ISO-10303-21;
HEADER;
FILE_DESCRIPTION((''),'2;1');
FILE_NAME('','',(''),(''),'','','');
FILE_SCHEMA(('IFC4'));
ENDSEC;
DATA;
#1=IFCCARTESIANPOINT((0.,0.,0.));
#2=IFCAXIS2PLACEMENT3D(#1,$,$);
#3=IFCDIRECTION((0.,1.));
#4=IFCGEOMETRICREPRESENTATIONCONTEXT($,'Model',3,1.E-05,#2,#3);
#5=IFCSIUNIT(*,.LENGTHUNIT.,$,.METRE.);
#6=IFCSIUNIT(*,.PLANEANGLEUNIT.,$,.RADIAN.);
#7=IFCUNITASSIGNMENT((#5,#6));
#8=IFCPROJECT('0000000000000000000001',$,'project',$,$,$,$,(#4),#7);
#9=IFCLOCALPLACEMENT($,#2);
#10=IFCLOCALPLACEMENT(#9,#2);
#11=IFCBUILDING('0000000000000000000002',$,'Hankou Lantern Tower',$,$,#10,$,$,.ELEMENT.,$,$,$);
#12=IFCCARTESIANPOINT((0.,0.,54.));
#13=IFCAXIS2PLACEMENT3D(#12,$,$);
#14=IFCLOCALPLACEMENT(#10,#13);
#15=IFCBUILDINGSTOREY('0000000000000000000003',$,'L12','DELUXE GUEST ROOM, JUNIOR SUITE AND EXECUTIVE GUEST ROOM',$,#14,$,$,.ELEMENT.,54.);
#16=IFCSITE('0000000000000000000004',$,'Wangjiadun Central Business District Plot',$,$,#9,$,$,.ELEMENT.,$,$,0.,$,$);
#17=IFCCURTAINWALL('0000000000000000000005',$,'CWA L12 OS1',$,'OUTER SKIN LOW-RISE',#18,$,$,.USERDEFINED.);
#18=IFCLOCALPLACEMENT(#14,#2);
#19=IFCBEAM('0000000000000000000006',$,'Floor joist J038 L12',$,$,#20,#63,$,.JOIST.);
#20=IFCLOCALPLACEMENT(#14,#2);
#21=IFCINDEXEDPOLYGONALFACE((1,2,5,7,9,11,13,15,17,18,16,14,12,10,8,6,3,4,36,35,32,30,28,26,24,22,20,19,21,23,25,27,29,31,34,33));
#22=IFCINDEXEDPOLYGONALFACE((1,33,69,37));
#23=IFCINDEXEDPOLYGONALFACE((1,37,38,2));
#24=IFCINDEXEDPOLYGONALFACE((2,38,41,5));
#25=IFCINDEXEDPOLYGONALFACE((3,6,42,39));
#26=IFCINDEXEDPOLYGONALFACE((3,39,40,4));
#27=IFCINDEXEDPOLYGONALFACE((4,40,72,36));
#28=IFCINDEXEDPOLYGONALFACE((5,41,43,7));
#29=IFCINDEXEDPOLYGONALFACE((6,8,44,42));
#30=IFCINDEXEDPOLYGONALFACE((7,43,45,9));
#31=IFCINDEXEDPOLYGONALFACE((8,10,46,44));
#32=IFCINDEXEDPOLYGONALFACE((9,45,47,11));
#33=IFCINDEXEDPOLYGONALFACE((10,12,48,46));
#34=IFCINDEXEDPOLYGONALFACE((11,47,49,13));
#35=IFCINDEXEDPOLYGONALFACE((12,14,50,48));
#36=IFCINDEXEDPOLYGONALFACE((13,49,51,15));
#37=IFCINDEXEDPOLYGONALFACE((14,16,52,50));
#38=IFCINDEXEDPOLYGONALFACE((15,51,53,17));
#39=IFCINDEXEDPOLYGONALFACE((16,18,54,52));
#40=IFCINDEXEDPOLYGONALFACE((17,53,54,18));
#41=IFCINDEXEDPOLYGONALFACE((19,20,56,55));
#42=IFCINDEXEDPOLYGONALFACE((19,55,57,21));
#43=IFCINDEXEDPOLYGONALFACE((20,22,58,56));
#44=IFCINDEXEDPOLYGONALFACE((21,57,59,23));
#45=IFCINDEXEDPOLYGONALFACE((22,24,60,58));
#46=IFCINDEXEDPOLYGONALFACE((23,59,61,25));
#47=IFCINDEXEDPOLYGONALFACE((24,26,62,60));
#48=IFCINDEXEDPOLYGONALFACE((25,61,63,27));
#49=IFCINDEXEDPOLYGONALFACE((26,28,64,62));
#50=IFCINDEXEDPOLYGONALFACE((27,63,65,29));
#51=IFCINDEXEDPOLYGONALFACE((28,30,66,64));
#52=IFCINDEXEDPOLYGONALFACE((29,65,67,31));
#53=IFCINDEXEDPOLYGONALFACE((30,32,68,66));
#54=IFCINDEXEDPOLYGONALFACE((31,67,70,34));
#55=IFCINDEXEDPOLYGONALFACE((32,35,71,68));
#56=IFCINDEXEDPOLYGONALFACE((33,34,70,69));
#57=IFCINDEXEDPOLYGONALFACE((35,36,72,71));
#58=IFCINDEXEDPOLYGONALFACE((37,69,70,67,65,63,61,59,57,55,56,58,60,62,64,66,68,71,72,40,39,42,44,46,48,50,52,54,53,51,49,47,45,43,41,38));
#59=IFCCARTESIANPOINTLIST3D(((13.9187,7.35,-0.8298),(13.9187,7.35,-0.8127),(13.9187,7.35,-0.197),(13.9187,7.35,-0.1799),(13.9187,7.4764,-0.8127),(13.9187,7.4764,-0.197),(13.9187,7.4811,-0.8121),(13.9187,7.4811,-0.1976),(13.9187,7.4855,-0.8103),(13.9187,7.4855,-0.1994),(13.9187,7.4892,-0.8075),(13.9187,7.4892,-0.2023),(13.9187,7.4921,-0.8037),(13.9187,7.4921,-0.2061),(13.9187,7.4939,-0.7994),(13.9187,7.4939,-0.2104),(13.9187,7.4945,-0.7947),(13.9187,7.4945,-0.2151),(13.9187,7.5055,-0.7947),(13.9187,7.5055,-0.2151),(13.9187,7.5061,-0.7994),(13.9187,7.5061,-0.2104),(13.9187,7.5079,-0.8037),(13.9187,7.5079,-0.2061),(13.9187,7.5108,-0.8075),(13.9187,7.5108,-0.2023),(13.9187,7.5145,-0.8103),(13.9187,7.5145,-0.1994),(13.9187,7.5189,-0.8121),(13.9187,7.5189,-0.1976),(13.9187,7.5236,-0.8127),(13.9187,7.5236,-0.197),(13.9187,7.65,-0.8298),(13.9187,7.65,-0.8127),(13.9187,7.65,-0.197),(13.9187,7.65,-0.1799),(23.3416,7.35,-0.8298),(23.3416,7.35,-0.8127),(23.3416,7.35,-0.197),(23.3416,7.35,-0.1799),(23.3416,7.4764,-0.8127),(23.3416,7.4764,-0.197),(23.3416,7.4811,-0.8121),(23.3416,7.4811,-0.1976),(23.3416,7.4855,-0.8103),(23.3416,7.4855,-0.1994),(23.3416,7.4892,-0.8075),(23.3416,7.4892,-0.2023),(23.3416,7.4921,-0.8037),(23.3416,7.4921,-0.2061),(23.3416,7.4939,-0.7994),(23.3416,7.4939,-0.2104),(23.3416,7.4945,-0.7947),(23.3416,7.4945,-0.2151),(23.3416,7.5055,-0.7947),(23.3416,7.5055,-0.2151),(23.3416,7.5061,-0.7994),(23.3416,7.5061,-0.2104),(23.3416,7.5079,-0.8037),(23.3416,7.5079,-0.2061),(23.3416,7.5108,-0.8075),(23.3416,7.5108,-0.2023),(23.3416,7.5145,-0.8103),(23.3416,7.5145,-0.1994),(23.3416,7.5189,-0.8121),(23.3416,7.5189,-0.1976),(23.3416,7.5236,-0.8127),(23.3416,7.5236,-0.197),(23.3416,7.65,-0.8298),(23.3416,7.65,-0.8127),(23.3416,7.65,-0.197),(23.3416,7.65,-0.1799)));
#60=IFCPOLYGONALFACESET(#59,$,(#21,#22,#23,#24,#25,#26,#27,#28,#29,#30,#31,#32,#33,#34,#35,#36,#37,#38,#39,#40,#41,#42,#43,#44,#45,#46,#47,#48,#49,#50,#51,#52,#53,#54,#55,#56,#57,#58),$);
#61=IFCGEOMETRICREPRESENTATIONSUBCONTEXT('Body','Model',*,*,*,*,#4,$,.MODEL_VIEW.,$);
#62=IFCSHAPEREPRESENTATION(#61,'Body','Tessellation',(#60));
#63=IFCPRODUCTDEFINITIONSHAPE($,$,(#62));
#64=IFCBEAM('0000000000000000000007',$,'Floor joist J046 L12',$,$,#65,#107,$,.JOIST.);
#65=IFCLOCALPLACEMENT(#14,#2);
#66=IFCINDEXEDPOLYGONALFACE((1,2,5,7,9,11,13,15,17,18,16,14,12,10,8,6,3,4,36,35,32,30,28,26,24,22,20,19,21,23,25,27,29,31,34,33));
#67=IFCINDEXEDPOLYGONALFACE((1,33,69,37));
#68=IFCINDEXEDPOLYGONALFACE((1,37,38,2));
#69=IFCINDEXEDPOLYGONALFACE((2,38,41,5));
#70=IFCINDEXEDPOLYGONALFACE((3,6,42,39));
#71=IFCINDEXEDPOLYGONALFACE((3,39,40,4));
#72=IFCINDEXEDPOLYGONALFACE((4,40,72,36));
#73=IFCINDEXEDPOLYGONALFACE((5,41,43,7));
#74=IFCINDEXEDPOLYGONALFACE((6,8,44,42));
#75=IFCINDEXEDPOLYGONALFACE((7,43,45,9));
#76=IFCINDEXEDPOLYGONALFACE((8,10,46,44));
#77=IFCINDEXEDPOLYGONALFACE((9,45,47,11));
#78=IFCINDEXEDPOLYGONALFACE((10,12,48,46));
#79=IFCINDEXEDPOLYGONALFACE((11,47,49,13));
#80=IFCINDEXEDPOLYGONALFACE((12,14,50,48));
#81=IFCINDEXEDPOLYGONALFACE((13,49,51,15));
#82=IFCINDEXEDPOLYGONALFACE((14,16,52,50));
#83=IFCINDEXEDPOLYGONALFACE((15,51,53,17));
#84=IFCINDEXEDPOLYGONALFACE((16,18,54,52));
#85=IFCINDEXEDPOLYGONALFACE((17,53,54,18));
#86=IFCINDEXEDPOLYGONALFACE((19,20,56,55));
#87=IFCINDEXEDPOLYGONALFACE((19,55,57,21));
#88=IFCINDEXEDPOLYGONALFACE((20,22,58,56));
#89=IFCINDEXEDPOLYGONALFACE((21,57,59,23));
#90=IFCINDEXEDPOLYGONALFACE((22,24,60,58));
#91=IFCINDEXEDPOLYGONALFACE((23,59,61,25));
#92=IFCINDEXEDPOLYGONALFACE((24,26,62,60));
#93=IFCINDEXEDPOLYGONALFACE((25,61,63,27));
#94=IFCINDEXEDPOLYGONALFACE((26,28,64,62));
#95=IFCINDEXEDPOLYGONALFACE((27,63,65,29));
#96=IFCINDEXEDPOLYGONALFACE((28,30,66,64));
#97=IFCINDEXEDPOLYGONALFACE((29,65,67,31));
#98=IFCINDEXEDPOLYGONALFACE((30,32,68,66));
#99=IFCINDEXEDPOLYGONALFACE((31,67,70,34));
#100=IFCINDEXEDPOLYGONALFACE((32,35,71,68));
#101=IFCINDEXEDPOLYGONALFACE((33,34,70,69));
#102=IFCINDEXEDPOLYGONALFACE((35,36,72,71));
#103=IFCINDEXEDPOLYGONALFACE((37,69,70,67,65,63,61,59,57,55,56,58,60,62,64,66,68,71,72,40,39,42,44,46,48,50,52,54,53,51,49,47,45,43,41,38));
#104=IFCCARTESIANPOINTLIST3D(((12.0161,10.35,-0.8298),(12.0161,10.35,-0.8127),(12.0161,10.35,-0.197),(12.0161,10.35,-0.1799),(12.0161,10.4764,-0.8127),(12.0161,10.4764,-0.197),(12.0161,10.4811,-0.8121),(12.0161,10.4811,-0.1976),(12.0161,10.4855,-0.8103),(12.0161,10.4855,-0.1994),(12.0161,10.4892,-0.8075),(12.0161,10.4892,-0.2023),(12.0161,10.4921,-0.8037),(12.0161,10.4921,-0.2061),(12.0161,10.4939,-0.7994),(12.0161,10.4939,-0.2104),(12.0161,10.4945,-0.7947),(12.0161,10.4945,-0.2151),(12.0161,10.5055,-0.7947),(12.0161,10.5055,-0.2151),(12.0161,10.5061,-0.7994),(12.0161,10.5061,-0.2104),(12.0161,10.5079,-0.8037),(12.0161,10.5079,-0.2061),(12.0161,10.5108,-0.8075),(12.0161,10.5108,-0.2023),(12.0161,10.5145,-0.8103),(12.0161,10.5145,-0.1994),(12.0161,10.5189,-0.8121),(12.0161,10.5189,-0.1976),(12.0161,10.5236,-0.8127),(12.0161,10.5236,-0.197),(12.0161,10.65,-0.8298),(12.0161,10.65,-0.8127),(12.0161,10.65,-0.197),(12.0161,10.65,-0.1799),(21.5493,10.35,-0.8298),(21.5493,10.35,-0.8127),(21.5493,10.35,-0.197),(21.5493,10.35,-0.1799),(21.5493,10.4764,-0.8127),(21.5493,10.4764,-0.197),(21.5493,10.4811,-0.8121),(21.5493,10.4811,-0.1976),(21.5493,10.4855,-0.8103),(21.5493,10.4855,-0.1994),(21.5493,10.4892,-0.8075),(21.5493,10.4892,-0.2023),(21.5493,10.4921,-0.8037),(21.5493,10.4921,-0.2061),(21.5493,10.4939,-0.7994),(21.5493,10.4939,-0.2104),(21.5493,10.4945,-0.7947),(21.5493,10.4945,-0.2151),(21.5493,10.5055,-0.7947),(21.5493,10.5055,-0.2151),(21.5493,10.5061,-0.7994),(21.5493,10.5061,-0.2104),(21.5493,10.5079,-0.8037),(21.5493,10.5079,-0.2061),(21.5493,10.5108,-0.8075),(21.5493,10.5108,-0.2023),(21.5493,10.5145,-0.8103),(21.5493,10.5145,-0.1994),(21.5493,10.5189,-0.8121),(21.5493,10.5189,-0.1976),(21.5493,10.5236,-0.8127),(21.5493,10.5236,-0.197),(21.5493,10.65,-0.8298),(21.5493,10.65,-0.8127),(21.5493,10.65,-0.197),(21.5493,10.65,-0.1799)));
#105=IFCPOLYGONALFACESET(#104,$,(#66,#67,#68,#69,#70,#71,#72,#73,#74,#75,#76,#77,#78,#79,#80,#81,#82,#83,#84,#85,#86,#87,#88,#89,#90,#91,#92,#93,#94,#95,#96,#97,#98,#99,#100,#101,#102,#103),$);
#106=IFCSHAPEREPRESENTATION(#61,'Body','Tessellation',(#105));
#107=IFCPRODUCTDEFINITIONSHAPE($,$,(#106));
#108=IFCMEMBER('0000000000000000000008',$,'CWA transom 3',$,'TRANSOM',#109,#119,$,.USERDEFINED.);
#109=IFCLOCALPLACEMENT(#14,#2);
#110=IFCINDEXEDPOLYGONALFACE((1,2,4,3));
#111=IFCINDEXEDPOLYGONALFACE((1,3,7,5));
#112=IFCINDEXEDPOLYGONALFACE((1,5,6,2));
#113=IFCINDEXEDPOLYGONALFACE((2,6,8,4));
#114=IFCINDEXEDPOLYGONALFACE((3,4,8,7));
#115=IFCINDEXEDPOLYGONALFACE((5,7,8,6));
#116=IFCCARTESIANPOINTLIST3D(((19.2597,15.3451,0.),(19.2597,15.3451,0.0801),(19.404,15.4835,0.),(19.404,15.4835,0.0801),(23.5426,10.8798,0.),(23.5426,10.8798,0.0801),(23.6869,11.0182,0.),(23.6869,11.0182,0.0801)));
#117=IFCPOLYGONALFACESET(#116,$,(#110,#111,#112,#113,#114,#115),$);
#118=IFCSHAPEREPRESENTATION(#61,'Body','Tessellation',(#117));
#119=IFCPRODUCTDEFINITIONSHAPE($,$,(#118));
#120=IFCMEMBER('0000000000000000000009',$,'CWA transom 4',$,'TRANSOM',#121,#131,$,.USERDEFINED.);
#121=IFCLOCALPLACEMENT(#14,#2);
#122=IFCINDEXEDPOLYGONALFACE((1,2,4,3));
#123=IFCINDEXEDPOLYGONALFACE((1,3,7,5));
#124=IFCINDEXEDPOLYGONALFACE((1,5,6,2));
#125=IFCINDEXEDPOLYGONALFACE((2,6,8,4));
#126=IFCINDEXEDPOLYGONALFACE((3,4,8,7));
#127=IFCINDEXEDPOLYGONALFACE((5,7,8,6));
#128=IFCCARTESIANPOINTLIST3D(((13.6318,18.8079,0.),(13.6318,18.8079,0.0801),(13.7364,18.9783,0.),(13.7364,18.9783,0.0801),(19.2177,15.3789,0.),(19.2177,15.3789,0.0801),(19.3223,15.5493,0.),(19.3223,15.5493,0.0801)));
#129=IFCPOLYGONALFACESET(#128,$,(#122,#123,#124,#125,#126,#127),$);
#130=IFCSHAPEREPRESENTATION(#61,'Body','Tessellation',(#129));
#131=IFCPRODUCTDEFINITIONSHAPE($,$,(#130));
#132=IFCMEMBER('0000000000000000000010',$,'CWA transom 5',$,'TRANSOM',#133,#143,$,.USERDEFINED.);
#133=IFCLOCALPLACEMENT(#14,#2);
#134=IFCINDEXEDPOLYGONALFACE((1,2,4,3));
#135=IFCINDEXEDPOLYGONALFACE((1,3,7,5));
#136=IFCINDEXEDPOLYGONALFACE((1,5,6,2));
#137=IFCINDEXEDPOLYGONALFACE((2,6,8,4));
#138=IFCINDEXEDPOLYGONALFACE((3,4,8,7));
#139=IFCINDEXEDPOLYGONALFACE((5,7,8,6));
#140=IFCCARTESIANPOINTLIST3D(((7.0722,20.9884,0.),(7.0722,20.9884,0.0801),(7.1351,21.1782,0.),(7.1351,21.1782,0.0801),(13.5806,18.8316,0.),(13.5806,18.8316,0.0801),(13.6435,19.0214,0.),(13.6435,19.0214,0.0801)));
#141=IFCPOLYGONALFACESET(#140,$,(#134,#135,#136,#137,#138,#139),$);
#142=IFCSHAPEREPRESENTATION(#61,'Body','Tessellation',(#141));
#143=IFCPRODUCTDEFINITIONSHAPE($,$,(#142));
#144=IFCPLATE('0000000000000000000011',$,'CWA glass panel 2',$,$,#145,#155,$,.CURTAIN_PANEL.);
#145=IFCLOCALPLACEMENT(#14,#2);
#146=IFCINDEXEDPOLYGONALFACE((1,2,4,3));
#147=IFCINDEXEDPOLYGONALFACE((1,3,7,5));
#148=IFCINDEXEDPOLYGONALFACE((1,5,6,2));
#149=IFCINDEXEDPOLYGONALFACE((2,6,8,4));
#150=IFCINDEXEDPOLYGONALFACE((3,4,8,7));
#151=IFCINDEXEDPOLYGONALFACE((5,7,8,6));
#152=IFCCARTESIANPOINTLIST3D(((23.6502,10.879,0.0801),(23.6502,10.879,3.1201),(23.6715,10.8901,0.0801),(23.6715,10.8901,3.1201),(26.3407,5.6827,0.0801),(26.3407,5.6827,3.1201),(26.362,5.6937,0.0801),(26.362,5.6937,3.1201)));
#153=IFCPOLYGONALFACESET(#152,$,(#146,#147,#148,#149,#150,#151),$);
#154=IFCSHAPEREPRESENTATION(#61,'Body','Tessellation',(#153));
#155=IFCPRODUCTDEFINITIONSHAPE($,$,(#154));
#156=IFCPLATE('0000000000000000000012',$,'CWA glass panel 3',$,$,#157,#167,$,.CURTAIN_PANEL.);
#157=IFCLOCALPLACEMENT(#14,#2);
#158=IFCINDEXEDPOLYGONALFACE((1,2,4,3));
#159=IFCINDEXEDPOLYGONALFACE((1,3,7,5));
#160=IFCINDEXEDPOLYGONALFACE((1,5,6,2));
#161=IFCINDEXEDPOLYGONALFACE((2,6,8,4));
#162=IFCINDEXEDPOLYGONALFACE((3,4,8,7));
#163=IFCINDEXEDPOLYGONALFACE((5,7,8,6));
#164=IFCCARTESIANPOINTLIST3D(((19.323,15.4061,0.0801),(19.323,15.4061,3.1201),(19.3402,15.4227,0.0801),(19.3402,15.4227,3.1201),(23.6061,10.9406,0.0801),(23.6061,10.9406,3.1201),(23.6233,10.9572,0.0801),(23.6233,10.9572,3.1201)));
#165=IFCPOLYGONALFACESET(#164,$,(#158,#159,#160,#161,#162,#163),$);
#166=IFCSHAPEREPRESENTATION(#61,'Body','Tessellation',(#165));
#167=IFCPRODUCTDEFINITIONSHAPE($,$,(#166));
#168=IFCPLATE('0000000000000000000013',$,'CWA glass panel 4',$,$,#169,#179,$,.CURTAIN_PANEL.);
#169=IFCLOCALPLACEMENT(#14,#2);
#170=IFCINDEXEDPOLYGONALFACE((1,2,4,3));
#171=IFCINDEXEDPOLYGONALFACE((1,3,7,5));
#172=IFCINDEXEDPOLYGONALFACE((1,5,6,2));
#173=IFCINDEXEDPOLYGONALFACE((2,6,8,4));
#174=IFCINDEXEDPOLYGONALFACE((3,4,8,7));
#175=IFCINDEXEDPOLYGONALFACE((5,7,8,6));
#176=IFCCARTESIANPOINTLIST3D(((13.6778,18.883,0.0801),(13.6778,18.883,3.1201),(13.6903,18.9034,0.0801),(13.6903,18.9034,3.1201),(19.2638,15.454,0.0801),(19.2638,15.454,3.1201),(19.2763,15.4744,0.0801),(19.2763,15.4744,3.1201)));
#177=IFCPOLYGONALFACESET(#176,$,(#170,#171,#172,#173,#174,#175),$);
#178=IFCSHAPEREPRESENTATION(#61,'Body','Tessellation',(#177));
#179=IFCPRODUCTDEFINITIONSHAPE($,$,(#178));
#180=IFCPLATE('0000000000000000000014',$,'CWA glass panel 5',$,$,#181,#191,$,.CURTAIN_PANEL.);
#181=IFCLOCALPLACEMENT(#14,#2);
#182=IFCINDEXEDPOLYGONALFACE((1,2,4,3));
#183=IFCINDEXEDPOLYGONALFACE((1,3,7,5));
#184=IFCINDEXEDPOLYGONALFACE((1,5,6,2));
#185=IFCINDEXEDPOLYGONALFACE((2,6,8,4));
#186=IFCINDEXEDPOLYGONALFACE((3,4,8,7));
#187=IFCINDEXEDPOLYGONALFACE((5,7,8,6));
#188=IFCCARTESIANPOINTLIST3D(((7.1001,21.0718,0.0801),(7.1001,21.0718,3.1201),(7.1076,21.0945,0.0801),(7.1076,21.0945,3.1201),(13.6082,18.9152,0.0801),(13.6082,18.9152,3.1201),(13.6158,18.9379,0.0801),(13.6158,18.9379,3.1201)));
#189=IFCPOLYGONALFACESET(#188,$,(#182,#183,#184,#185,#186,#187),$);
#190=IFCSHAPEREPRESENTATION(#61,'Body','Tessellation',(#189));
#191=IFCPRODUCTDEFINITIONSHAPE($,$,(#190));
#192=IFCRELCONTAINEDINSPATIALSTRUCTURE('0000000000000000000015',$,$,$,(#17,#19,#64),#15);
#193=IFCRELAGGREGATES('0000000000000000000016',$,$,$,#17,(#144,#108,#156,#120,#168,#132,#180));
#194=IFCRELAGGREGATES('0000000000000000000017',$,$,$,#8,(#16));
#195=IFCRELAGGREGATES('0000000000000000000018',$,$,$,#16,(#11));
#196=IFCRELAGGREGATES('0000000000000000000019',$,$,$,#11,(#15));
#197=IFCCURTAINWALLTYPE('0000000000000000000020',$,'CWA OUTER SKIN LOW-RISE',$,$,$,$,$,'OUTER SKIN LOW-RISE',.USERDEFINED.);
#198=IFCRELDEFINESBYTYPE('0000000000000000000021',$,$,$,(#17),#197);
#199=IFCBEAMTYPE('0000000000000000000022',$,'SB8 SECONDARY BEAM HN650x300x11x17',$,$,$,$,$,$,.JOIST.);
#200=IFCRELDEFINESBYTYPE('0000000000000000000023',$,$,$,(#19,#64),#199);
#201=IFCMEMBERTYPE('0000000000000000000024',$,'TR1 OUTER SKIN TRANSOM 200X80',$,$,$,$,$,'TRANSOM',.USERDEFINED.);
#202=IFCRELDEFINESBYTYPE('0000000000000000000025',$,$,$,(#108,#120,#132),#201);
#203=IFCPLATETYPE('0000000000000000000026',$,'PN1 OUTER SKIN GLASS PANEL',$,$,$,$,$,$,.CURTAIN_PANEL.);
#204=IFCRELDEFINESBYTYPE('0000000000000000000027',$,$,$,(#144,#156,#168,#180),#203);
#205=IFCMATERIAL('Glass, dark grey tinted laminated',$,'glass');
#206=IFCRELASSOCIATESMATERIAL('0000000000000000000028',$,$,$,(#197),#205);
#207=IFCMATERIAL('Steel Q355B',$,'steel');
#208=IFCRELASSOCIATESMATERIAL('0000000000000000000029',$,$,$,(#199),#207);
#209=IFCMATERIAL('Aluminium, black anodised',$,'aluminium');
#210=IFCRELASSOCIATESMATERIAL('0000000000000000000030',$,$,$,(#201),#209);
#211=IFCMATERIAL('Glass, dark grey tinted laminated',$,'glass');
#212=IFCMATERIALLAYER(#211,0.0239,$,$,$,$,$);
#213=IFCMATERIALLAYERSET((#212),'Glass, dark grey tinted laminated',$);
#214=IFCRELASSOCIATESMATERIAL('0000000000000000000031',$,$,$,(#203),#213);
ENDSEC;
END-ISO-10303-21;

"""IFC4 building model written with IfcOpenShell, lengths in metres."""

from ifc_helpers import new_model, si_unit, direction, frame, origin, origin_2d, place, context, subcontext, project, spatial, rectangle, i_section, extrude, material, layer, layer_set, material_profile, profile_set, type_object, element, aggregate, save


model = new_model("IFC4")

# Units and contexts
model_context = context("Model", 3, precision=1e-05, world=origin(), true_north=direction((0.0, 1.0)))
body_context = subcontext(model_context, "Body", "Model", "MODEL_VIEW")
ifc_project = project(units=[si_unit("LENGTHUNIT", "METRE"), si_unit("PLANEANGLEUNIT", "RADIAN")], contexts=[model_context])

# Site, building, storey
site_placement = place(None, origin())
site = spatial("IfcSite", under=ifc_project, at=site_placement, Name="Wangjiadun Central Business District Plot", CompositionType="ELEMENT", RefElevation=0.0)
building_placement = place(site_placement, origin())
building = spatial("IfcBuilding", under=site, at=building_placement, Name="Hankou Lantern Tower", CompositionType="ELEMENT")
storey_placement = place(building_placement, frame((0.0, 0.0, 54.0)))
storey = spatial("IfcBuildingStorey", under=building, at=storey_placement, Name="L12", Description="DELUXE GUEST ROOM, JUNIOR SUITE AND EXECUTIVE GUEST ROOM", CompositionType="ELEMENT", Elevation=54.0)

# Curtain wall
ifc_material_1 = material(Name="Glass, dark grey tinted laminated", Category="glass")
curtain_wall_type = type_object("IfcCurtainWallType", Name="CWA OUTER SKIN LOW-RISE", ElementType="OUTER SKIN LOW-RISE", PredefinedType="USERDEFINED", material=ifc_material_1)
curtain_wall_placement = place(storey_placement, origin())
curtain_wall = element("IfcCurtainWall", 1, at=curtain_wall_placement, inside=storey, type_object=curtain_wall_type, Name="CWA L12 OS1", ObjectType="OUTER SKIN LOW-RISE", PredefinedType="USERDEFINED")

# Beams
ifc_material_2 = material(Name="Steel Q355B", Category="steel")
ifc_material_profile_1 = material_profile(ifc_material_2, i_section(OverallWidth=0.3, OverallDepth=0.6499, WebThickness=0.011, FlangeThickness=0.0171, FilletRadius=0.0181, at=origin_2d()), Name="HN650x300x11x17")
ifc_profile_set_1 = profile_set([ifc_material_profile_1], Name="Steel Q355B")
beam_type_1 = type_object("IfcBeamType", Name="SB8 SECONDARY BEAM HN650x300x11x17", PredefinedType="JOIST", material=ifc_profile_set_1)
beam_1_placement = place(storey_placement, frame((13.9187, 7.5, -0.5049), z_axis=(1.0, 0.0, 0.0), x_axis=(0.0, 1.0, 0.0)))
element("IfcBeam", 2, at=beam_1_placement, inside=storey, type_object=beam_type_1, Name="Floor joist J038 L12", PredefinedType="JOIST", context=body_context, shape_type="SweptSolid", body=[
    extrude(i_section(OverallWidth=0.3, OverallDepth=0.6499, WebThickness=0.011, FlangeThickness=0.0171, FilletRadius=0.0181, at=origin_2d()), origin(), (0.0, 0.0, 1.0), 9.4229),
])
beam_2_placement = place(storey_placement, frame((12.0161, 10.5, -0.5049), z_axis=(1.0, 0.0, 0.0), x_axis=(0.0, 1.0, 0.0)))
element("IfcBeam", 3, at=beam_2_placement, inside=storey, type_object=beam_type_1, Name="Floor joist J046 L12", PredefinedType="JOIST", context=body_context, shape_type="SweptSolid", body=[
    extrude(i_section(OverallWidth=0.3, OverallDepth=0.6499, WebThickness=0.011, FlangeThickness=0.0171, FilletRadius=0.0181, at=origin_2d()), origin(), (0.0, 0.0, 1.0), 9.5332),
])

# Members
ifc_material_3 = material(Name="Aluminium, black anodised", Category="aluminium")
ifc_material_profile_2 = material_profile(ifc_material_3, rectangle(XDim=0.2, YDim=0.0801, at=origin_2d()), Name="TR1 200X80")
ifc_profile_set_2 = profile_set([ifc_material_profile_2], Name="Aluminium, black anodised")
member_type_1 = type_object("IfcMemberType", Name="TR1 OUTER SKIN TRANSOM 200X80", ElementType="TRANSOM", PredefinedType="USERDEFINED", material=ifc_profile_set_2)
member_1_placement = place(storey_placement, frame((23.6147, 10.949, 0.04), z_axis=(-0.692216, 0.721691, 0.0), x_axis=(-0.721691, -0.692216, 0.0)))
member_1 = element("IfcMember", 4, at=member_1_placement, type_object=member_type_1, Name="CWA transom 3", ObjectType="TRANSOM", PredefinedType="USERDEFINED", context=body_context, shape_type="SweptSolid", body=[
    extrude(rectangle(XDim=0.2, YDim=0.0801, at=origin_2d()), origin(), (0.0, 0.0, 1.0), 6.1873),
])
member_2_placement = place(storey_placement, frame((19.27, 15.4641, 0.04), z_axis=(-0.85224, 0.523152, 0.0), x_axis=(-0.523152, -0.85224, 0.0)))
member_2 = element("IfcMember", 5, at=member_2_placement, type_object=member_type_1, Name="CWA transom 4", ObjectType="TRANSOM", PredefinedType="USERDEFINED", context=body_context, shape_type="SweptSolid", body=[
    extrude(rectangle(XDim=0.2, YDim=0.0801, at=origin_2d()), origin(), (0.0, 0.0, 1.0), 6.5544),
])
member_3_placement = place(storey_placement, frame((13.6121, 18.9265, 0.04), z_axis=(-0.949237, 0.314561, 0.0), x_axis=(-0.314561, -0.949237, 0.0)))
member_3 = element("IfcMember", 6, at=member_3_placement, type_object=member_type_1, Name="CWA transom 5", ObjectType="TRANSOM", PredefinedType="USERDEFINED", context=body_context, shape_type="SweptSolid", body=[
    extrude(rectangle(XDim=0.2, YDim=0.0801, at=origin_2d()), origin(), (0.0, 0.0, 1.0), 6.8564),
])

# Plates
ifc_material_4 = material(Name="Glass, dark grey tinted laminated", Category="glass")
ifc_layer_1 = layer(ifc_material_4, 0.0239)
ifc_layer_set_1 = layer_set([ifc_layer_1], Name="Glass, dark grey tinted laminated")
plate_type = type_object("IfcPlateType", Name="PN1 OUTER SKIN GLASS PANEL", PredefinedType="CURTAIN_PANEL", material=ifc_layer_set_1)
plate_1_placement = place(storey_placement, frame((25.0061, 8.2864, 0.0801), z_axis=(0.0, 0.0, 1.0), x_axis=(-0.459791, 0.888027, 0.0)))
plate_1 = element("IfcPlate", 7, at=plate_1_placement, type_object=plate_type, Name="CWA glass panel 2", PredefinedType="CURTAIN_PANEL", context=body_context, shape_type="SweptSolid", body=[
    extrude(rectangle(XDim=5.8516, YDim=0.0239, at=origin_2d()), origin(), (0.0, 0.0, 1.0), 3.04),
])
plate_2_placement = place(storey_placement, frame((21.4731, 13.1816, 0.0801), z_axis=(0.0, 0.0, 1.0), x_axis=(-0.692216, 0.721691, 0.0)))
plate_2 = element("IfcPlate", 8, at=plate_2_placement, type_object=plate_type, Name="CWA glass panel 3", PredefinedType="CURTAIN_PANEL", context=body_context, shape_type="SweptSolid", body=[
    extrude(rectangle(XDim=6.1875, YDim=0.0239, at=origin_2d()), origin(), (0.0, 0.0, 1.0), 3.04),
])
plate_3_placement = place(storey_placement, frame((16.4771, 17.1787, 0.0801), z_axis=(0.0, 0.0, 1.0), x_axis=(-0.852237, 0.523156, 0.0)))
plate_3 = element("IfcPlate", 9, at=plate_3_placement, type_object=plate_type, Name="CWA glass panel 4", PredefinedType="CURTAIN_PANEL", context=body_context, shape_type="SweptSolid", body=[
    extrude(rectangle(XDim=6.5544, YDim=0.0239, at=origin_2d()), origin(), (0.0, 0.0, 1.0), 3.04),
])
plate_4_placement = place(storey_placement, frame((10.3579, 20.0049, 0.0801), z_axis=(0.0, 0.0, 1.0), x_axis=(-0.949241, 0.314551, 0.0)))
plate_4 = element("IfcPlate", 10, at=plate_4_placement, type_object=plate_type, Name="CWA glass panel 5", PredefinedType="CURTAIN_PANEL", context=body_context, shape_type="SweptSolid", body=[
    extrude(rectangle(XDim=6.8562, YDim=0.0239, at=origin_2d()), origin(), (0.0, 0.0, 1.0), 3.04),
])
aggregate(curtain_wall, [plate_1, member_1, plate_2, member_2, plate_3, member_3, plate_4])

save(model, "model.ifc")
